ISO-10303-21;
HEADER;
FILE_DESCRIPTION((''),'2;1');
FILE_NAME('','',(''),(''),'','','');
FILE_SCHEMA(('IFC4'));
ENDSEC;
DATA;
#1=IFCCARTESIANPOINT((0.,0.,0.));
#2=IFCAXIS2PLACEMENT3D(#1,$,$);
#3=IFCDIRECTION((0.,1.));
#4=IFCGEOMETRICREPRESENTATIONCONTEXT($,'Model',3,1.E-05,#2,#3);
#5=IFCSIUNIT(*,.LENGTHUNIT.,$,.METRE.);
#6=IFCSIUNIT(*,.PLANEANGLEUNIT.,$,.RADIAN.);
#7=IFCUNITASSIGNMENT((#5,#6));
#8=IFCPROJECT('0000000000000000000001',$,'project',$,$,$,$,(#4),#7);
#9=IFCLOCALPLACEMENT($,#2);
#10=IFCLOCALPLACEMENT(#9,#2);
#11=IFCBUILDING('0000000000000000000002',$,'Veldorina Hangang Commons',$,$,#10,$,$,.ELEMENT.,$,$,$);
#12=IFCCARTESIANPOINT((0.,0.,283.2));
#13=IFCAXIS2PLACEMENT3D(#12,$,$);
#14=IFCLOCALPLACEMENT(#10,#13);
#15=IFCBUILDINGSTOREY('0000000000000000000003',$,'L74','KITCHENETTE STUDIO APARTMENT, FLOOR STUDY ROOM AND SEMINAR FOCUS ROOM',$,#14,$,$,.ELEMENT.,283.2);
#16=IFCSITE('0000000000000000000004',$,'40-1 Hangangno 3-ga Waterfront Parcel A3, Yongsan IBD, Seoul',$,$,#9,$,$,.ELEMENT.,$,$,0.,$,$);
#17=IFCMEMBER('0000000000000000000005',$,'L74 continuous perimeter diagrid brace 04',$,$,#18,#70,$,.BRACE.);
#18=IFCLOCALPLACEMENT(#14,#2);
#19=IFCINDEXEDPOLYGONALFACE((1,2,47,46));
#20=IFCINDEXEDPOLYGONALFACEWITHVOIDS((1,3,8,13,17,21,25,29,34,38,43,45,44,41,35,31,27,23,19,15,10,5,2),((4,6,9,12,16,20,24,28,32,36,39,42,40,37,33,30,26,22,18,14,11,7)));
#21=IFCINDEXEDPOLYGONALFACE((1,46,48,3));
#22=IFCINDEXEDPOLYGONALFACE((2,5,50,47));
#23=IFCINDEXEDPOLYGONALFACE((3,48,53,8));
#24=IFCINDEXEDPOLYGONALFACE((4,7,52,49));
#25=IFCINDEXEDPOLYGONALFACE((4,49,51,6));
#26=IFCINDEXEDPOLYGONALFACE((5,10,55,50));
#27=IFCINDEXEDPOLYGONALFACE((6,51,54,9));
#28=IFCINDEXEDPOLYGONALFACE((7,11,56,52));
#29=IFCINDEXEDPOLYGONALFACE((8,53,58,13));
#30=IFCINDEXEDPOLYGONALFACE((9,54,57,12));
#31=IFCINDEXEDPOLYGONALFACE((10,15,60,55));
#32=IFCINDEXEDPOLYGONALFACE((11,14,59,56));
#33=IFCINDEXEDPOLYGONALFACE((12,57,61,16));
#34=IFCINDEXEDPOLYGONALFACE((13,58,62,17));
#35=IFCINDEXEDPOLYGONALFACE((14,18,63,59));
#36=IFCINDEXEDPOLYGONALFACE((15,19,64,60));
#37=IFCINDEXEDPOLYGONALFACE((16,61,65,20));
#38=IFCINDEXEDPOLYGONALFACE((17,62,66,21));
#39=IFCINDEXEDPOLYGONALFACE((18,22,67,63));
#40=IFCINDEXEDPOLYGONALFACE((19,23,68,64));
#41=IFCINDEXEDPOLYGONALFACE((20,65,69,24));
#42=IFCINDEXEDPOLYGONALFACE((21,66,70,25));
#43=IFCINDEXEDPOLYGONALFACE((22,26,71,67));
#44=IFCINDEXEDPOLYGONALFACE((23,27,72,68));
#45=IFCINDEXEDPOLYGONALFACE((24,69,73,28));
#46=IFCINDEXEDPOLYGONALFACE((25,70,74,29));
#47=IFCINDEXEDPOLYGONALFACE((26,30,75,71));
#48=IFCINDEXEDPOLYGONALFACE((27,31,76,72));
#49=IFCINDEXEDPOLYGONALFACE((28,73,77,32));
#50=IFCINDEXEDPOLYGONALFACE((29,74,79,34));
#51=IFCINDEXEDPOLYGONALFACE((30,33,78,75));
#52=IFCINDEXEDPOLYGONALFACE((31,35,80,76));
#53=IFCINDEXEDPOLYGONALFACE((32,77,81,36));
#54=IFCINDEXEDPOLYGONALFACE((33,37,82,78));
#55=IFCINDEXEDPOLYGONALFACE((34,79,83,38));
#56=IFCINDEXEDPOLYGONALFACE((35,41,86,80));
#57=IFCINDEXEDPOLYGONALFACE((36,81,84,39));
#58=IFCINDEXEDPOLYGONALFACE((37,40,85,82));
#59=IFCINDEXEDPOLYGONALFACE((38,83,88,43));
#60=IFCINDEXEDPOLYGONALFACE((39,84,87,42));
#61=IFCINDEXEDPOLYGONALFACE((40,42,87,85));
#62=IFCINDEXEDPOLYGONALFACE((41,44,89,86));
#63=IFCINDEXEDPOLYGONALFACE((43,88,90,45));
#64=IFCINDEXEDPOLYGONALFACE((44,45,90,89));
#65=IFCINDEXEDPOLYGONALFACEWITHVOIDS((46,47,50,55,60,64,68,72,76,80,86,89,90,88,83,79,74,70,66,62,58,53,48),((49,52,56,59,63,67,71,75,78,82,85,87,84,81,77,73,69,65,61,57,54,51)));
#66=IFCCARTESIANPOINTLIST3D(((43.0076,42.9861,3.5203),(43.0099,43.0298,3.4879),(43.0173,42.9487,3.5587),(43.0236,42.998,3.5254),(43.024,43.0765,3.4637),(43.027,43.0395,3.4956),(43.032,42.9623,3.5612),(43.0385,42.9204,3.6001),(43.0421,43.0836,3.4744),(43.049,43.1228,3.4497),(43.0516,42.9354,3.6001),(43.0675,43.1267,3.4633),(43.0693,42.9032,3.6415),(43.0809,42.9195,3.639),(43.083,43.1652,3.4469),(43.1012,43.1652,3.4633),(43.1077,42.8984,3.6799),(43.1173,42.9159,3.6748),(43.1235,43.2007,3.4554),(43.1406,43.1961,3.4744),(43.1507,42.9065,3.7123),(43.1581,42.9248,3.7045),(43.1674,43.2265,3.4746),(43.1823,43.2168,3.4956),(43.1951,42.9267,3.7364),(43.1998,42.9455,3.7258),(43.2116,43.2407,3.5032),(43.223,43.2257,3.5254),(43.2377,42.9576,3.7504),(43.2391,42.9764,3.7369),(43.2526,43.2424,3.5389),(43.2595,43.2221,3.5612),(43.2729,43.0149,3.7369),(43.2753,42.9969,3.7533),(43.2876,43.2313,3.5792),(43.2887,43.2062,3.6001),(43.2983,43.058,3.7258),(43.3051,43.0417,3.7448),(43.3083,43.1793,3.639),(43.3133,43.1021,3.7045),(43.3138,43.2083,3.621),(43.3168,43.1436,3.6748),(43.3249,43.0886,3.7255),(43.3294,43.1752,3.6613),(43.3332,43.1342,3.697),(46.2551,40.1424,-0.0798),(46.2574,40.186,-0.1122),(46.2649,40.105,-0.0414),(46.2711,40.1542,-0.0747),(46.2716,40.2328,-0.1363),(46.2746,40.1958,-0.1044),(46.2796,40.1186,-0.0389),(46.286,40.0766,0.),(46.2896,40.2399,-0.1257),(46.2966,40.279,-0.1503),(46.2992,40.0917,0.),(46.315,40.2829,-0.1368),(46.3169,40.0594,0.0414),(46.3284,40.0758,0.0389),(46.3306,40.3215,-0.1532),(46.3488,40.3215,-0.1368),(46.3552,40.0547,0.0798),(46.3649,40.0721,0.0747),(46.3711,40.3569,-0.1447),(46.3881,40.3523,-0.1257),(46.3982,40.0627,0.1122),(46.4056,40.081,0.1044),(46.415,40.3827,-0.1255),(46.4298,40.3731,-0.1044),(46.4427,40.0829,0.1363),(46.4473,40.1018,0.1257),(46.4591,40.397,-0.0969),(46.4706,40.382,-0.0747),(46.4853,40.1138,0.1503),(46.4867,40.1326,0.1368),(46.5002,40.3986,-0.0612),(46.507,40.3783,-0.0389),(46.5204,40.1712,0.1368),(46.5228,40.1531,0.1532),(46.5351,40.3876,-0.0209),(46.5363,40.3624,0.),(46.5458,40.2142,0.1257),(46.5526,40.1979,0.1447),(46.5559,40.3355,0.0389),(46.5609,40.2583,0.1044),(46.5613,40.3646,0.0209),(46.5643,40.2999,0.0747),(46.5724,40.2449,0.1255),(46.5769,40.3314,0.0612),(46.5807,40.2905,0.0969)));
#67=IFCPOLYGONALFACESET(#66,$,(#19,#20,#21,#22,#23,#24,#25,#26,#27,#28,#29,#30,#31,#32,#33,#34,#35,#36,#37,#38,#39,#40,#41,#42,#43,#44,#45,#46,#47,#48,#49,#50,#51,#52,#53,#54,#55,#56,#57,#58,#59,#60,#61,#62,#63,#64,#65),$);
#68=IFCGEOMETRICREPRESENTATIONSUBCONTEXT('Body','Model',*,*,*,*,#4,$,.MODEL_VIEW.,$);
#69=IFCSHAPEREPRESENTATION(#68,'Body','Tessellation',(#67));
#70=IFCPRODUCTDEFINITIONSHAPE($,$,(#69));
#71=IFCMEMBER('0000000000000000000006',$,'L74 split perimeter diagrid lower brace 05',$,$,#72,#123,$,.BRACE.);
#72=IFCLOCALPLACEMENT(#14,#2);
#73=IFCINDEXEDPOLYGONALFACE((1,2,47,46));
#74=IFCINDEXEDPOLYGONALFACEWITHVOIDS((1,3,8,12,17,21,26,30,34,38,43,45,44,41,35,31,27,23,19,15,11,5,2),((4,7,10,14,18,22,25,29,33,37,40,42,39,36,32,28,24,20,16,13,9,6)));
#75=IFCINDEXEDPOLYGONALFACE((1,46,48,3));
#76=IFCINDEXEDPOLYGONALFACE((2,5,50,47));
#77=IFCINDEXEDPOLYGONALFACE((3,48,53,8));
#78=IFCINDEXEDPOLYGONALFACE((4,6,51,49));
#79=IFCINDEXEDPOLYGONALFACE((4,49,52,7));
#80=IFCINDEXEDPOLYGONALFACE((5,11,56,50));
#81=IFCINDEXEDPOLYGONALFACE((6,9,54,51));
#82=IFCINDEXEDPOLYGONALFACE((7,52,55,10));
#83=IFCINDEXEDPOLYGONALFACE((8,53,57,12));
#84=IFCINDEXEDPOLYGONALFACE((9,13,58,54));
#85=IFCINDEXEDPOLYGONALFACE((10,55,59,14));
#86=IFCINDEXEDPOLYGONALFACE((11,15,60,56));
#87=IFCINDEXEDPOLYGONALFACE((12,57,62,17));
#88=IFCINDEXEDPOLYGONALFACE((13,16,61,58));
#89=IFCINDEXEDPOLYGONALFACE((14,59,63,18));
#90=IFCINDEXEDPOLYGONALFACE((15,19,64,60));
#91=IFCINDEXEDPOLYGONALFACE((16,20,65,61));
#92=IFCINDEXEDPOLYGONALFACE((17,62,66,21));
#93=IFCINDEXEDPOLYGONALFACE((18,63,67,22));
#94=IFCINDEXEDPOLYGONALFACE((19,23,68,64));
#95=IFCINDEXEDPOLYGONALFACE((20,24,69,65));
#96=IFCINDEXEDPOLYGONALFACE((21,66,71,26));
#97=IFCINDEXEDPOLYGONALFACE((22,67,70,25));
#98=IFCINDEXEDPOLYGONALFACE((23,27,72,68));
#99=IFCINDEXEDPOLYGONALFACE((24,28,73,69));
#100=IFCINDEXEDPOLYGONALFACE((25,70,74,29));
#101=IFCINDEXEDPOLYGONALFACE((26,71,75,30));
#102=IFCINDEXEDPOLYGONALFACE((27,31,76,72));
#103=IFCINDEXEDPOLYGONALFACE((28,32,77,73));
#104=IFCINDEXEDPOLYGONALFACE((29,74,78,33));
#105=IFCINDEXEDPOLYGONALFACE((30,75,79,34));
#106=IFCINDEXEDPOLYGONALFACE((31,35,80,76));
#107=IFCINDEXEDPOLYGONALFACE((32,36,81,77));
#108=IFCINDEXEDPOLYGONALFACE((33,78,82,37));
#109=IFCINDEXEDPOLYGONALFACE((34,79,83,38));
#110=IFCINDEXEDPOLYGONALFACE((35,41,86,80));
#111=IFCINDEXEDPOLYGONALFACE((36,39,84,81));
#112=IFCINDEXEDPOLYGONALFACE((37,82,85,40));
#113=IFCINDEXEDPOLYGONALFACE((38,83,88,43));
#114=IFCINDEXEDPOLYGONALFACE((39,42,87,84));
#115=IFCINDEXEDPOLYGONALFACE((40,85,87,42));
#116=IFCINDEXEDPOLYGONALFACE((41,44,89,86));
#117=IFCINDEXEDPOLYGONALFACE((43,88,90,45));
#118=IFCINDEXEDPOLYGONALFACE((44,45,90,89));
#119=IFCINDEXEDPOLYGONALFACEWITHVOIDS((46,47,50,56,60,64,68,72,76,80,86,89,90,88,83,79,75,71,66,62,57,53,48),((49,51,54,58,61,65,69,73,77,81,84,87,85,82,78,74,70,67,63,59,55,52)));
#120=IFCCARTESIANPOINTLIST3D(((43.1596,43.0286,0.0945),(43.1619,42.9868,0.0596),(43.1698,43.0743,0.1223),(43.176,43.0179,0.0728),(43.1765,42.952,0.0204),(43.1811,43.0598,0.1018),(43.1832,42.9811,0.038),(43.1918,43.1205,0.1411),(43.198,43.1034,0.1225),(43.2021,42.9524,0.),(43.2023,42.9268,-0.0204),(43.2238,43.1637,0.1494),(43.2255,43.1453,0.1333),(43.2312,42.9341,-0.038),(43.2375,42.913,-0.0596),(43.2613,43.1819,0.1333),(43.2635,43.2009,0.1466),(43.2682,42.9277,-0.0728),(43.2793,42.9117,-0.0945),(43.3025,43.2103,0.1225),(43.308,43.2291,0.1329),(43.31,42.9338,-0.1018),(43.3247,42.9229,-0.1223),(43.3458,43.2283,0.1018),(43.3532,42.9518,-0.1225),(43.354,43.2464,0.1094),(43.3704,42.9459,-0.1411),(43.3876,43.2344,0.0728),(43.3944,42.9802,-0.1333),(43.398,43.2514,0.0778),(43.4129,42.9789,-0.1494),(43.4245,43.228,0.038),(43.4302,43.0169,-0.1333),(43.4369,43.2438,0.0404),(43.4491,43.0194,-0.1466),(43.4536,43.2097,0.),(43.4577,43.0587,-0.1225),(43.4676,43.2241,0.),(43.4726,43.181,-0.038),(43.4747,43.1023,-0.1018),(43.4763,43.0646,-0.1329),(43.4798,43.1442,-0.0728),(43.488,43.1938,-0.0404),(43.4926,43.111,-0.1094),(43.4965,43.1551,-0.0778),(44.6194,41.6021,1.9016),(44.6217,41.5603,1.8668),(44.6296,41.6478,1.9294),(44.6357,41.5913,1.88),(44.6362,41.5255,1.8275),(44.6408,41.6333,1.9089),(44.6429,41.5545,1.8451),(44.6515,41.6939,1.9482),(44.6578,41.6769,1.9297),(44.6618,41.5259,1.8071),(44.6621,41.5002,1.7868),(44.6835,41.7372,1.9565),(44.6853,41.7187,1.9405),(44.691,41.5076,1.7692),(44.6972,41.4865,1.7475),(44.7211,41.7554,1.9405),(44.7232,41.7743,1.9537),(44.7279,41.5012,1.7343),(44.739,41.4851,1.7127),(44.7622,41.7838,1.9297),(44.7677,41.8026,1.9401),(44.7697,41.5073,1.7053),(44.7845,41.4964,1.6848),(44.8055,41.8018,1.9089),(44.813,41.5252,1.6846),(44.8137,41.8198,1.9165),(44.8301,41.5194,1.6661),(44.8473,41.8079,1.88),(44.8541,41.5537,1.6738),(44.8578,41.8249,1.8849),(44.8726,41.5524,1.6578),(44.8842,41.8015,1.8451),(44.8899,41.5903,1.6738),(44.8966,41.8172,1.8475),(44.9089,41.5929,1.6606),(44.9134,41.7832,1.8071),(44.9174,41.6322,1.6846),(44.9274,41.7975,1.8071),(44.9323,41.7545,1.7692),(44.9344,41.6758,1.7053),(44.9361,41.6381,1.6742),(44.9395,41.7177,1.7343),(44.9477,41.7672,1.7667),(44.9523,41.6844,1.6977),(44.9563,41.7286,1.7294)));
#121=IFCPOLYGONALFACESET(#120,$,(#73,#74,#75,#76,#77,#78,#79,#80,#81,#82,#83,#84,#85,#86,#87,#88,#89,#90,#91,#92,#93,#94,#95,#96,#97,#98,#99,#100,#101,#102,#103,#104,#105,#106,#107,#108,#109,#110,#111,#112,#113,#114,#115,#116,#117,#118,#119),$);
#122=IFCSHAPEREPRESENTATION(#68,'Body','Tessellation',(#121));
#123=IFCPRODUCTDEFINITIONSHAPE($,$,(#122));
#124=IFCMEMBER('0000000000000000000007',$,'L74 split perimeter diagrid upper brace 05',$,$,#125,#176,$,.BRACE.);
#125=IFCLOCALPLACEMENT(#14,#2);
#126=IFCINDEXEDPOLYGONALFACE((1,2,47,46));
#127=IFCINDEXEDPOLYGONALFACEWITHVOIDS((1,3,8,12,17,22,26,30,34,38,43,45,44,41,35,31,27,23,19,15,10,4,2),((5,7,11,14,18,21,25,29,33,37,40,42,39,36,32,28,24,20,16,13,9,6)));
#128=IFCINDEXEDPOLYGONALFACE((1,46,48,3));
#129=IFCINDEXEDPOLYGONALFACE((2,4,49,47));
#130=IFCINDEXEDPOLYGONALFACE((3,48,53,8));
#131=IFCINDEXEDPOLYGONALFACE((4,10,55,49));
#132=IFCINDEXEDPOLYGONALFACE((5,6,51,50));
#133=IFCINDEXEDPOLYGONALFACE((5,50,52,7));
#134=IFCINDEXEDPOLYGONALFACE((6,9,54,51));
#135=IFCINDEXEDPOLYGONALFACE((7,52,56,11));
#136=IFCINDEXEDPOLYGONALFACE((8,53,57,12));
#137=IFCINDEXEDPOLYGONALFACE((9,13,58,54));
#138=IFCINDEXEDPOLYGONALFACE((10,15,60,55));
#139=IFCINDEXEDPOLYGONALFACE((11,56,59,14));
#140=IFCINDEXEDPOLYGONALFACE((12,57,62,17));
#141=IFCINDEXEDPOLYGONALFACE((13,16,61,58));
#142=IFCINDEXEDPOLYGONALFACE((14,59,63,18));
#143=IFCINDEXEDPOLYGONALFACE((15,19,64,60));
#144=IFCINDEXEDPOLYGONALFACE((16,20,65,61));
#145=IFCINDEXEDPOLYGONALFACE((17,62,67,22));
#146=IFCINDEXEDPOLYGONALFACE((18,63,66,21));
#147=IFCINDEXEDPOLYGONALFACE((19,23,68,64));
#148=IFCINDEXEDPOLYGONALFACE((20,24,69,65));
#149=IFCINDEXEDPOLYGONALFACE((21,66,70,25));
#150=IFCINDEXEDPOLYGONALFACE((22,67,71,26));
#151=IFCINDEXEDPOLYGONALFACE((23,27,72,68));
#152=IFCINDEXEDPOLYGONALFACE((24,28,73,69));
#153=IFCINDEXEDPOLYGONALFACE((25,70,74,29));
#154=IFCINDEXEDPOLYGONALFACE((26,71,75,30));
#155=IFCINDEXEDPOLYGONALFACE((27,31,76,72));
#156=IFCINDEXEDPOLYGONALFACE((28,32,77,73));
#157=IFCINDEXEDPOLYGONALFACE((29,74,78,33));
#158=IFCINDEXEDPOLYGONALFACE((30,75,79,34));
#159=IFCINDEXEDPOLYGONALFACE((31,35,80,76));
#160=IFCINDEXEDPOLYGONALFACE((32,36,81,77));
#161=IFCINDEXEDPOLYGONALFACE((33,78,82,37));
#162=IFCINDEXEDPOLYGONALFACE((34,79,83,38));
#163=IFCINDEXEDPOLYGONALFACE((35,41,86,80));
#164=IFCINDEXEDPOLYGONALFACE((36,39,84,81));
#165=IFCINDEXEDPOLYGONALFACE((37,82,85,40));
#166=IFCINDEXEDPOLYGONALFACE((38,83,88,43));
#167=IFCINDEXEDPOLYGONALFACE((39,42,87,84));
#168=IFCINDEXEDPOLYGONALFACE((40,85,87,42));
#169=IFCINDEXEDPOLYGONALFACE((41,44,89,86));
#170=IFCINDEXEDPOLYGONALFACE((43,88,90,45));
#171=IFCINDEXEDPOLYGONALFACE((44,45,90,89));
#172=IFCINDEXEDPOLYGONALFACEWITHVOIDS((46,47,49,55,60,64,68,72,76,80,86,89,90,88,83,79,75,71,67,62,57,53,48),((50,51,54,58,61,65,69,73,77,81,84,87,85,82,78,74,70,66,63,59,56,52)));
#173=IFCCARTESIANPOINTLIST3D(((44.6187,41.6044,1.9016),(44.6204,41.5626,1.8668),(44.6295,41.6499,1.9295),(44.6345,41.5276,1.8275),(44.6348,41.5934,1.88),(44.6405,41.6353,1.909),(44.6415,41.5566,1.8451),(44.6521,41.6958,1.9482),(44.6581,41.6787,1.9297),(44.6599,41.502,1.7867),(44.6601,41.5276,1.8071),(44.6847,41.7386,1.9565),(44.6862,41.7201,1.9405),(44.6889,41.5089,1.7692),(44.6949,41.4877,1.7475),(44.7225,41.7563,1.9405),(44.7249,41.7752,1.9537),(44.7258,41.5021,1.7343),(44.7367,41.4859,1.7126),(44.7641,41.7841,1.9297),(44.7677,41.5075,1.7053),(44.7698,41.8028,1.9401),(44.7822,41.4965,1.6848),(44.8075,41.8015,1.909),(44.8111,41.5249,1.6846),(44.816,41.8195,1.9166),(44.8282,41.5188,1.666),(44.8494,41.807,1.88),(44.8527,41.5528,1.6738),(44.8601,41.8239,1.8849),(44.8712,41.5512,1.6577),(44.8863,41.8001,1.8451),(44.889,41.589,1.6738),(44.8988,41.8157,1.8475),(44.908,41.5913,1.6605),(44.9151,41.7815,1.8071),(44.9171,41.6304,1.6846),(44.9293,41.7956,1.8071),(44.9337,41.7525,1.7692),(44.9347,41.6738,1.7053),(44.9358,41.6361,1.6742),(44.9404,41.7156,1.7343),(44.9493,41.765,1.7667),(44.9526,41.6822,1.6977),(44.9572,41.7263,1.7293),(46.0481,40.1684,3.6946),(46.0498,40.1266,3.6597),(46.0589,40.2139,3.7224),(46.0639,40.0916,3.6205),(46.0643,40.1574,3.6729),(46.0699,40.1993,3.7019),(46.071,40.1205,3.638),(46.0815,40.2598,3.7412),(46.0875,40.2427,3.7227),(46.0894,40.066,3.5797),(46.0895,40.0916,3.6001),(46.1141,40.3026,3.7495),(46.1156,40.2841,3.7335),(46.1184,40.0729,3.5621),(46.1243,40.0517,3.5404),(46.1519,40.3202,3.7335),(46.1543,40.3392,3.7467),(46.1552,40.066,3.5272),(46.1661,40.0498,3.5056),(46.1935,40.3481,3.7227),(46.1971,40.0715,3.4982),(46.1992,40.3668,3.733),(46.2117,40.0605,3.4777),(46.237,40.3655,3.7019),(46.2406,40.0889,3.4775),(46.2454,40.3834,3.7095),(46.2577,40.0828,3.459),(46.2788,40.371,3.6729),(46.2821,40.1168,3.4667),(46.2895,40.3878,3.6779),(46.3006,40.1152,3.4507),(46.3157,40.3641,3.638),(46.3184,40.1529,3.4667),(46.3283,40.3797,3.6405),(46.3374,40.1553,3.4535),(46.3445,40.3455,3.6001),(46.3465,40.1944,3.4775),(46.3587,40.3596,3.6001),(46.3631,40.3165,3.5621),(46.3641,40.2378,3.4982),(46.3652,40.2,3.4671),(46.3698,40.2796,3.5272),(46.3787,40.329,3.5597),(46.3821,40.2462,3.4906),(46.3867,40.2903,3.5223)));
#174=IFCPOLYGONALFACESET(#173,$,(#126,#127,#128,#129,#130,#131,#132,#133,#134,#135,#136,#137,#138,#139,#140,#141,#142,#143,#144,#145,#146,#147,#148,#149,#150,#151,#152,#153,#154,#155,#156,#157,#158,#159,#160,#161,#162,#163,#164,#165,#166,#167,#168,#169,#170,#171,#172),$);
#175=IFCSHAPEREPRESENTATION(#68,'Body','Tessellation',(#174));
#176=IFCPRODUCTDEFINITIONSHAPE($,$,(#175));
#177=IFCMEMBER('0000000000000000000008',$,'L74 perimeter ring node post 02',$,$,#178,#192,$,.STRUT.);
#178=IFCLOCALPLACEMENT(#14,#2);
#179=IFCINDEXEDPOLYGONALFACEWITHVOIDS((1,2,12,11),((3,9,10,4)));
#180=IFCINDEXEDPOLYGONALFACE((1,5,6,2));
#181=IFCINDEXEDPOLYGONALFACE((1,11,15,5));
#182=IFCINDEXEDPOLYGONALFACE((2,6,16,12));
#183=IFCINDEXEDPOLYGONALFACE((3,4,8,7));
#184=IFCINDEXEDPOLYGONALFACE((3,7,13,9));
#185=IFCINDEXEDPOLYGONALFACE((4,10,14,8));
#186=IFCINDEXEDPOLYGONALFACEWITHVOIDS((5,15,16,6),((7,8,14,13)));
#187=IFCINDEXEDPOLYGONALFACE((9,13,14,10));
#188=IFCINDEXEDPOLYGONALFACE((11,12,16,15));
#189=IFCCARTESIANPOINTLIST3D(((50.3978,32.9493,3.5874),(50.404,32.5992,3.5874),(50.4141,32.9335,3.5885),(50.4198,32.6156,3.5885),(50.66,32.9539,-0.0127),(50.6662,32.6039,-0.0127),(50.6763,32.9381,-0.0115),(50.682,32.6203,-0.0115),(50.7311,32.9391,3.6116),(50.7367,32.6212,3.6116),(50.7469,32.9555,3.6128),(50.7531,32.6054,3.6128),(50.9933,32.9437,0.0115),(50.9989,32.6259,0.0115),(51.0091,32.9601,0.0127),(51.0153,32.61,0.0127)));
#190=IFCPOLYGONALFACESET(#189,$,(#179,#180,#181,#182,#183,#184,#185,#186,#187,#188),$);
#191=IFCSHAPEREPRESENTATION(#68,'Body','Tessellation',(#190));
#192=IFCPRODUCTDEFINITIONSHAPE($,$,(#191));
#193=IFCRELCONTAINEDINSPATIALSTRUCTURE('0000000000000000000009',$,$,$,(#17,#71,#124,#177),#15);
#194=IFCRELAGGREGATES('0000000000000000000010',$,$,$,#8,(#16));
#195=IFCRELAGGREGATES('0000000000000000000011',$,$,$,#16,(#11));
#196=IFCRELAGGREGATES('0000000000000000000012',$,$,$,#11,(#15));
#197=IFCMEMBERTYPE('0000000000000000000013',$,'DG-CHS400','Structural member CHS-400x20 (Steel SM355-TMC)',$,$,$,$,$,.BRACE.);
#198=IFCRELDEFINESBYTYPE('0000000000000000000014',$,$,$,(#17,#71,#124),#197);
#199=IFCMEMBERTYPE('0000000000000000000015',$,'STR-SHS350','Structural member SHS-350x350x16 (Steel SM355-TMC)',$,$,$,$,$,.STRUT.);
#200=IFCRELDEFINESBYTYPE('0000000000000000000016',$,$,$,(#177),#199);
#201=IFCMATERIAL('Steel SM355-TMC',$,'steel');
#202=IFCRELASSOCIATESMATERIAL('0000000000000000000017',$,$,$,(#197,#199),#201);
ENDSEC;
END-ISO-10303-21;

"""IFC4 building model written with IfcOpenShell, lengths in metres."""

from ifc_helpers import new_model, si_unit, direction, frame, origin, origin_2d, place, context, subcontext, project, spatial, hollow_rectangle, hollow_circle, extrude, material, material_profile, profile_set, type_object, element, save


model = new_model("IFC4")

# Units and contexts
model_context = context("Model", 3, precision=1e-05, world=origin(), true_north=direction((0.0, 1.0)))
body_context = subcontext(model_context, "Body", "Model", "MODEL_VIEW")
ifc_project = project(units=[si_unit("LENGTHUNIT", "METRE"), si_unit("PLANEANGLEUNIT", "RADIAN")], contexts=[model_context])

# Site, building, storey
site_placement = place(None, origin())
site = spatial("IfcSite", under=ifc_project, at=site_placement, Name="40-1 Hangangno 3-ga Waterfront Parcel A3, Yongsan IBD, Seoul", CompositionType="ELEMENT", RefElevation=0.0)
building_placement = place(site_placement, origin())
building = spatial("IfcBuilding", under=site, at=building_placement, Name="Veldorina Hangang Commons", CompositionType="ELEMENT")
storey_placement = place(building_placement, frame((0.0, 0.0, 283.2)))
storey = spatial("IfcBuildingStorey", under=building, at=storey_placement, Name="L74", Description="KITCHENETTE STUDIO APARTMENT, FLOOR STUDY ROOM AND SEMINAR FOCUS ROOM", CompositionType="ELEMENT", Elevation=283.2)

# Shared definitions
ifc_material_1 = material(Name="Steel SM355-TMC", Category="steel")

# Members
ifc_material_profile_1 = material_profile(ifc_material_1, hollow_circle(Radius=0.2, WallThickness=0.02, at=origin_2d()), Name="CHS-400x20")
ifc_profile_set_1 = profile_set([ifc_material_profile_1], Name="Steel SM355-TMC")
member_type_1 = type_object("IfcMemberType", Name="DG-CHS400", Description="Structural member CHS-400x20 (Steel SM355-TMC)", PredefinedType="BRACE", material=ifc_profile_set_1)
member_1_placement = place(storey_placement, frame((46.4177, 40.2271, 0.0), z_axis=(-0.577767, 0.505926, 0.640487), x_axis=(-0.658785, -0.752331, 0.0)))
element("IfcMember", 1, at=member_1_placement, inside=storey, type_object=member_type_1, Name="L74 continuous perimeter diagrid brace 04", PredefinedType="BRACE", context=body_context, shape_type="SweptSolid", body=[
    extrude(hollow_circle(Radius=0.2, WallThickness=0.02, at=origin_2d()), origin(), (0.0, 0.0, 1.0), 5.6208),
])
member_2_placement = place(storey_placement, frame((43.3279, 43.0811, 0.0), z_axis=(0.535467, -0.523287, 0.662908), x_axis=(0.698926, 0.715194, 0.0)))
element("IfcMember", 2, at=member_2_placement, inside=storey, type_object=member_type_1, Name="L74 split perimeter diagrid lower brace 05", PredefinedType="BRACE", context=body_context, shape_type="SweptSolid", body=[
    extrude(hollow_circle(Radius=0.2, WallThickness=0.02, at=origin_2d()), origin(), (0.0, 0.0, 1.0), 2.7261),
])
member_3_placement = place(storey_placement, frame((44.7876, 41.6545, 1.8071), z_axis=(0.528329, -0.530765, 0.662689), x_axis=(0.708732, 0.705478, 0.0)))
element("IfcMember", 3, at=member_3_placement, inside=storey, type_object=member_type_1, Name="L74 split perimeter diagrid upper brace 05", PredefinedType="BRACE", context=body_context, shape_type="SweptSolid", body=[
    extrude(hollow_circle(Radius=0.2, WallThickness=0.02, at=origin_2d()), origin(), (0.0, 0.0, 1.0), 2.7056),
])
ifc_material_profile_2 = material_profile(ifc_material_1, hollow_rectangle(XDim=0.3501, YDim=0.3501, WallThickness=0.0161, at=origin_2d()), Name="SHS-350x350x16")
ifc_profile_set_2 = profile_set([ifc_material_profile_2], Name="Steel SM355-TMC")
member_type_2 = type_object("IfcMemberType", Name="STR-SHS350", Description="Structural member SHS-350x350x16 (Steel SM355-TMC)", PredefinedType="STRUT", material=ifc_profile_set_2)
member_4_placement = place(storey_placement, frame((50.8376, 32.782, 0.0), z_axis=(-0.072641, -0.001285, 0.997357), x_axis=(0.017688, -0.999844, 0.0)))
element("IfcMember", 4, at=member_4_placement, inside=storey, type_object=member_type_2, Name="L74 perimeter ring node post 02", PredefinedType="STRUT", context=body_context, shape_type="SweptSolid", body=[
    extrude(hollow_rectangle(XDim=0.3501, YDim=0.3501, WallThickness=0.0161, at=origin_2d()), origin(), (0.0, 0.0, 1.0), 3.6096),
])

save(model, "model.ifc")
